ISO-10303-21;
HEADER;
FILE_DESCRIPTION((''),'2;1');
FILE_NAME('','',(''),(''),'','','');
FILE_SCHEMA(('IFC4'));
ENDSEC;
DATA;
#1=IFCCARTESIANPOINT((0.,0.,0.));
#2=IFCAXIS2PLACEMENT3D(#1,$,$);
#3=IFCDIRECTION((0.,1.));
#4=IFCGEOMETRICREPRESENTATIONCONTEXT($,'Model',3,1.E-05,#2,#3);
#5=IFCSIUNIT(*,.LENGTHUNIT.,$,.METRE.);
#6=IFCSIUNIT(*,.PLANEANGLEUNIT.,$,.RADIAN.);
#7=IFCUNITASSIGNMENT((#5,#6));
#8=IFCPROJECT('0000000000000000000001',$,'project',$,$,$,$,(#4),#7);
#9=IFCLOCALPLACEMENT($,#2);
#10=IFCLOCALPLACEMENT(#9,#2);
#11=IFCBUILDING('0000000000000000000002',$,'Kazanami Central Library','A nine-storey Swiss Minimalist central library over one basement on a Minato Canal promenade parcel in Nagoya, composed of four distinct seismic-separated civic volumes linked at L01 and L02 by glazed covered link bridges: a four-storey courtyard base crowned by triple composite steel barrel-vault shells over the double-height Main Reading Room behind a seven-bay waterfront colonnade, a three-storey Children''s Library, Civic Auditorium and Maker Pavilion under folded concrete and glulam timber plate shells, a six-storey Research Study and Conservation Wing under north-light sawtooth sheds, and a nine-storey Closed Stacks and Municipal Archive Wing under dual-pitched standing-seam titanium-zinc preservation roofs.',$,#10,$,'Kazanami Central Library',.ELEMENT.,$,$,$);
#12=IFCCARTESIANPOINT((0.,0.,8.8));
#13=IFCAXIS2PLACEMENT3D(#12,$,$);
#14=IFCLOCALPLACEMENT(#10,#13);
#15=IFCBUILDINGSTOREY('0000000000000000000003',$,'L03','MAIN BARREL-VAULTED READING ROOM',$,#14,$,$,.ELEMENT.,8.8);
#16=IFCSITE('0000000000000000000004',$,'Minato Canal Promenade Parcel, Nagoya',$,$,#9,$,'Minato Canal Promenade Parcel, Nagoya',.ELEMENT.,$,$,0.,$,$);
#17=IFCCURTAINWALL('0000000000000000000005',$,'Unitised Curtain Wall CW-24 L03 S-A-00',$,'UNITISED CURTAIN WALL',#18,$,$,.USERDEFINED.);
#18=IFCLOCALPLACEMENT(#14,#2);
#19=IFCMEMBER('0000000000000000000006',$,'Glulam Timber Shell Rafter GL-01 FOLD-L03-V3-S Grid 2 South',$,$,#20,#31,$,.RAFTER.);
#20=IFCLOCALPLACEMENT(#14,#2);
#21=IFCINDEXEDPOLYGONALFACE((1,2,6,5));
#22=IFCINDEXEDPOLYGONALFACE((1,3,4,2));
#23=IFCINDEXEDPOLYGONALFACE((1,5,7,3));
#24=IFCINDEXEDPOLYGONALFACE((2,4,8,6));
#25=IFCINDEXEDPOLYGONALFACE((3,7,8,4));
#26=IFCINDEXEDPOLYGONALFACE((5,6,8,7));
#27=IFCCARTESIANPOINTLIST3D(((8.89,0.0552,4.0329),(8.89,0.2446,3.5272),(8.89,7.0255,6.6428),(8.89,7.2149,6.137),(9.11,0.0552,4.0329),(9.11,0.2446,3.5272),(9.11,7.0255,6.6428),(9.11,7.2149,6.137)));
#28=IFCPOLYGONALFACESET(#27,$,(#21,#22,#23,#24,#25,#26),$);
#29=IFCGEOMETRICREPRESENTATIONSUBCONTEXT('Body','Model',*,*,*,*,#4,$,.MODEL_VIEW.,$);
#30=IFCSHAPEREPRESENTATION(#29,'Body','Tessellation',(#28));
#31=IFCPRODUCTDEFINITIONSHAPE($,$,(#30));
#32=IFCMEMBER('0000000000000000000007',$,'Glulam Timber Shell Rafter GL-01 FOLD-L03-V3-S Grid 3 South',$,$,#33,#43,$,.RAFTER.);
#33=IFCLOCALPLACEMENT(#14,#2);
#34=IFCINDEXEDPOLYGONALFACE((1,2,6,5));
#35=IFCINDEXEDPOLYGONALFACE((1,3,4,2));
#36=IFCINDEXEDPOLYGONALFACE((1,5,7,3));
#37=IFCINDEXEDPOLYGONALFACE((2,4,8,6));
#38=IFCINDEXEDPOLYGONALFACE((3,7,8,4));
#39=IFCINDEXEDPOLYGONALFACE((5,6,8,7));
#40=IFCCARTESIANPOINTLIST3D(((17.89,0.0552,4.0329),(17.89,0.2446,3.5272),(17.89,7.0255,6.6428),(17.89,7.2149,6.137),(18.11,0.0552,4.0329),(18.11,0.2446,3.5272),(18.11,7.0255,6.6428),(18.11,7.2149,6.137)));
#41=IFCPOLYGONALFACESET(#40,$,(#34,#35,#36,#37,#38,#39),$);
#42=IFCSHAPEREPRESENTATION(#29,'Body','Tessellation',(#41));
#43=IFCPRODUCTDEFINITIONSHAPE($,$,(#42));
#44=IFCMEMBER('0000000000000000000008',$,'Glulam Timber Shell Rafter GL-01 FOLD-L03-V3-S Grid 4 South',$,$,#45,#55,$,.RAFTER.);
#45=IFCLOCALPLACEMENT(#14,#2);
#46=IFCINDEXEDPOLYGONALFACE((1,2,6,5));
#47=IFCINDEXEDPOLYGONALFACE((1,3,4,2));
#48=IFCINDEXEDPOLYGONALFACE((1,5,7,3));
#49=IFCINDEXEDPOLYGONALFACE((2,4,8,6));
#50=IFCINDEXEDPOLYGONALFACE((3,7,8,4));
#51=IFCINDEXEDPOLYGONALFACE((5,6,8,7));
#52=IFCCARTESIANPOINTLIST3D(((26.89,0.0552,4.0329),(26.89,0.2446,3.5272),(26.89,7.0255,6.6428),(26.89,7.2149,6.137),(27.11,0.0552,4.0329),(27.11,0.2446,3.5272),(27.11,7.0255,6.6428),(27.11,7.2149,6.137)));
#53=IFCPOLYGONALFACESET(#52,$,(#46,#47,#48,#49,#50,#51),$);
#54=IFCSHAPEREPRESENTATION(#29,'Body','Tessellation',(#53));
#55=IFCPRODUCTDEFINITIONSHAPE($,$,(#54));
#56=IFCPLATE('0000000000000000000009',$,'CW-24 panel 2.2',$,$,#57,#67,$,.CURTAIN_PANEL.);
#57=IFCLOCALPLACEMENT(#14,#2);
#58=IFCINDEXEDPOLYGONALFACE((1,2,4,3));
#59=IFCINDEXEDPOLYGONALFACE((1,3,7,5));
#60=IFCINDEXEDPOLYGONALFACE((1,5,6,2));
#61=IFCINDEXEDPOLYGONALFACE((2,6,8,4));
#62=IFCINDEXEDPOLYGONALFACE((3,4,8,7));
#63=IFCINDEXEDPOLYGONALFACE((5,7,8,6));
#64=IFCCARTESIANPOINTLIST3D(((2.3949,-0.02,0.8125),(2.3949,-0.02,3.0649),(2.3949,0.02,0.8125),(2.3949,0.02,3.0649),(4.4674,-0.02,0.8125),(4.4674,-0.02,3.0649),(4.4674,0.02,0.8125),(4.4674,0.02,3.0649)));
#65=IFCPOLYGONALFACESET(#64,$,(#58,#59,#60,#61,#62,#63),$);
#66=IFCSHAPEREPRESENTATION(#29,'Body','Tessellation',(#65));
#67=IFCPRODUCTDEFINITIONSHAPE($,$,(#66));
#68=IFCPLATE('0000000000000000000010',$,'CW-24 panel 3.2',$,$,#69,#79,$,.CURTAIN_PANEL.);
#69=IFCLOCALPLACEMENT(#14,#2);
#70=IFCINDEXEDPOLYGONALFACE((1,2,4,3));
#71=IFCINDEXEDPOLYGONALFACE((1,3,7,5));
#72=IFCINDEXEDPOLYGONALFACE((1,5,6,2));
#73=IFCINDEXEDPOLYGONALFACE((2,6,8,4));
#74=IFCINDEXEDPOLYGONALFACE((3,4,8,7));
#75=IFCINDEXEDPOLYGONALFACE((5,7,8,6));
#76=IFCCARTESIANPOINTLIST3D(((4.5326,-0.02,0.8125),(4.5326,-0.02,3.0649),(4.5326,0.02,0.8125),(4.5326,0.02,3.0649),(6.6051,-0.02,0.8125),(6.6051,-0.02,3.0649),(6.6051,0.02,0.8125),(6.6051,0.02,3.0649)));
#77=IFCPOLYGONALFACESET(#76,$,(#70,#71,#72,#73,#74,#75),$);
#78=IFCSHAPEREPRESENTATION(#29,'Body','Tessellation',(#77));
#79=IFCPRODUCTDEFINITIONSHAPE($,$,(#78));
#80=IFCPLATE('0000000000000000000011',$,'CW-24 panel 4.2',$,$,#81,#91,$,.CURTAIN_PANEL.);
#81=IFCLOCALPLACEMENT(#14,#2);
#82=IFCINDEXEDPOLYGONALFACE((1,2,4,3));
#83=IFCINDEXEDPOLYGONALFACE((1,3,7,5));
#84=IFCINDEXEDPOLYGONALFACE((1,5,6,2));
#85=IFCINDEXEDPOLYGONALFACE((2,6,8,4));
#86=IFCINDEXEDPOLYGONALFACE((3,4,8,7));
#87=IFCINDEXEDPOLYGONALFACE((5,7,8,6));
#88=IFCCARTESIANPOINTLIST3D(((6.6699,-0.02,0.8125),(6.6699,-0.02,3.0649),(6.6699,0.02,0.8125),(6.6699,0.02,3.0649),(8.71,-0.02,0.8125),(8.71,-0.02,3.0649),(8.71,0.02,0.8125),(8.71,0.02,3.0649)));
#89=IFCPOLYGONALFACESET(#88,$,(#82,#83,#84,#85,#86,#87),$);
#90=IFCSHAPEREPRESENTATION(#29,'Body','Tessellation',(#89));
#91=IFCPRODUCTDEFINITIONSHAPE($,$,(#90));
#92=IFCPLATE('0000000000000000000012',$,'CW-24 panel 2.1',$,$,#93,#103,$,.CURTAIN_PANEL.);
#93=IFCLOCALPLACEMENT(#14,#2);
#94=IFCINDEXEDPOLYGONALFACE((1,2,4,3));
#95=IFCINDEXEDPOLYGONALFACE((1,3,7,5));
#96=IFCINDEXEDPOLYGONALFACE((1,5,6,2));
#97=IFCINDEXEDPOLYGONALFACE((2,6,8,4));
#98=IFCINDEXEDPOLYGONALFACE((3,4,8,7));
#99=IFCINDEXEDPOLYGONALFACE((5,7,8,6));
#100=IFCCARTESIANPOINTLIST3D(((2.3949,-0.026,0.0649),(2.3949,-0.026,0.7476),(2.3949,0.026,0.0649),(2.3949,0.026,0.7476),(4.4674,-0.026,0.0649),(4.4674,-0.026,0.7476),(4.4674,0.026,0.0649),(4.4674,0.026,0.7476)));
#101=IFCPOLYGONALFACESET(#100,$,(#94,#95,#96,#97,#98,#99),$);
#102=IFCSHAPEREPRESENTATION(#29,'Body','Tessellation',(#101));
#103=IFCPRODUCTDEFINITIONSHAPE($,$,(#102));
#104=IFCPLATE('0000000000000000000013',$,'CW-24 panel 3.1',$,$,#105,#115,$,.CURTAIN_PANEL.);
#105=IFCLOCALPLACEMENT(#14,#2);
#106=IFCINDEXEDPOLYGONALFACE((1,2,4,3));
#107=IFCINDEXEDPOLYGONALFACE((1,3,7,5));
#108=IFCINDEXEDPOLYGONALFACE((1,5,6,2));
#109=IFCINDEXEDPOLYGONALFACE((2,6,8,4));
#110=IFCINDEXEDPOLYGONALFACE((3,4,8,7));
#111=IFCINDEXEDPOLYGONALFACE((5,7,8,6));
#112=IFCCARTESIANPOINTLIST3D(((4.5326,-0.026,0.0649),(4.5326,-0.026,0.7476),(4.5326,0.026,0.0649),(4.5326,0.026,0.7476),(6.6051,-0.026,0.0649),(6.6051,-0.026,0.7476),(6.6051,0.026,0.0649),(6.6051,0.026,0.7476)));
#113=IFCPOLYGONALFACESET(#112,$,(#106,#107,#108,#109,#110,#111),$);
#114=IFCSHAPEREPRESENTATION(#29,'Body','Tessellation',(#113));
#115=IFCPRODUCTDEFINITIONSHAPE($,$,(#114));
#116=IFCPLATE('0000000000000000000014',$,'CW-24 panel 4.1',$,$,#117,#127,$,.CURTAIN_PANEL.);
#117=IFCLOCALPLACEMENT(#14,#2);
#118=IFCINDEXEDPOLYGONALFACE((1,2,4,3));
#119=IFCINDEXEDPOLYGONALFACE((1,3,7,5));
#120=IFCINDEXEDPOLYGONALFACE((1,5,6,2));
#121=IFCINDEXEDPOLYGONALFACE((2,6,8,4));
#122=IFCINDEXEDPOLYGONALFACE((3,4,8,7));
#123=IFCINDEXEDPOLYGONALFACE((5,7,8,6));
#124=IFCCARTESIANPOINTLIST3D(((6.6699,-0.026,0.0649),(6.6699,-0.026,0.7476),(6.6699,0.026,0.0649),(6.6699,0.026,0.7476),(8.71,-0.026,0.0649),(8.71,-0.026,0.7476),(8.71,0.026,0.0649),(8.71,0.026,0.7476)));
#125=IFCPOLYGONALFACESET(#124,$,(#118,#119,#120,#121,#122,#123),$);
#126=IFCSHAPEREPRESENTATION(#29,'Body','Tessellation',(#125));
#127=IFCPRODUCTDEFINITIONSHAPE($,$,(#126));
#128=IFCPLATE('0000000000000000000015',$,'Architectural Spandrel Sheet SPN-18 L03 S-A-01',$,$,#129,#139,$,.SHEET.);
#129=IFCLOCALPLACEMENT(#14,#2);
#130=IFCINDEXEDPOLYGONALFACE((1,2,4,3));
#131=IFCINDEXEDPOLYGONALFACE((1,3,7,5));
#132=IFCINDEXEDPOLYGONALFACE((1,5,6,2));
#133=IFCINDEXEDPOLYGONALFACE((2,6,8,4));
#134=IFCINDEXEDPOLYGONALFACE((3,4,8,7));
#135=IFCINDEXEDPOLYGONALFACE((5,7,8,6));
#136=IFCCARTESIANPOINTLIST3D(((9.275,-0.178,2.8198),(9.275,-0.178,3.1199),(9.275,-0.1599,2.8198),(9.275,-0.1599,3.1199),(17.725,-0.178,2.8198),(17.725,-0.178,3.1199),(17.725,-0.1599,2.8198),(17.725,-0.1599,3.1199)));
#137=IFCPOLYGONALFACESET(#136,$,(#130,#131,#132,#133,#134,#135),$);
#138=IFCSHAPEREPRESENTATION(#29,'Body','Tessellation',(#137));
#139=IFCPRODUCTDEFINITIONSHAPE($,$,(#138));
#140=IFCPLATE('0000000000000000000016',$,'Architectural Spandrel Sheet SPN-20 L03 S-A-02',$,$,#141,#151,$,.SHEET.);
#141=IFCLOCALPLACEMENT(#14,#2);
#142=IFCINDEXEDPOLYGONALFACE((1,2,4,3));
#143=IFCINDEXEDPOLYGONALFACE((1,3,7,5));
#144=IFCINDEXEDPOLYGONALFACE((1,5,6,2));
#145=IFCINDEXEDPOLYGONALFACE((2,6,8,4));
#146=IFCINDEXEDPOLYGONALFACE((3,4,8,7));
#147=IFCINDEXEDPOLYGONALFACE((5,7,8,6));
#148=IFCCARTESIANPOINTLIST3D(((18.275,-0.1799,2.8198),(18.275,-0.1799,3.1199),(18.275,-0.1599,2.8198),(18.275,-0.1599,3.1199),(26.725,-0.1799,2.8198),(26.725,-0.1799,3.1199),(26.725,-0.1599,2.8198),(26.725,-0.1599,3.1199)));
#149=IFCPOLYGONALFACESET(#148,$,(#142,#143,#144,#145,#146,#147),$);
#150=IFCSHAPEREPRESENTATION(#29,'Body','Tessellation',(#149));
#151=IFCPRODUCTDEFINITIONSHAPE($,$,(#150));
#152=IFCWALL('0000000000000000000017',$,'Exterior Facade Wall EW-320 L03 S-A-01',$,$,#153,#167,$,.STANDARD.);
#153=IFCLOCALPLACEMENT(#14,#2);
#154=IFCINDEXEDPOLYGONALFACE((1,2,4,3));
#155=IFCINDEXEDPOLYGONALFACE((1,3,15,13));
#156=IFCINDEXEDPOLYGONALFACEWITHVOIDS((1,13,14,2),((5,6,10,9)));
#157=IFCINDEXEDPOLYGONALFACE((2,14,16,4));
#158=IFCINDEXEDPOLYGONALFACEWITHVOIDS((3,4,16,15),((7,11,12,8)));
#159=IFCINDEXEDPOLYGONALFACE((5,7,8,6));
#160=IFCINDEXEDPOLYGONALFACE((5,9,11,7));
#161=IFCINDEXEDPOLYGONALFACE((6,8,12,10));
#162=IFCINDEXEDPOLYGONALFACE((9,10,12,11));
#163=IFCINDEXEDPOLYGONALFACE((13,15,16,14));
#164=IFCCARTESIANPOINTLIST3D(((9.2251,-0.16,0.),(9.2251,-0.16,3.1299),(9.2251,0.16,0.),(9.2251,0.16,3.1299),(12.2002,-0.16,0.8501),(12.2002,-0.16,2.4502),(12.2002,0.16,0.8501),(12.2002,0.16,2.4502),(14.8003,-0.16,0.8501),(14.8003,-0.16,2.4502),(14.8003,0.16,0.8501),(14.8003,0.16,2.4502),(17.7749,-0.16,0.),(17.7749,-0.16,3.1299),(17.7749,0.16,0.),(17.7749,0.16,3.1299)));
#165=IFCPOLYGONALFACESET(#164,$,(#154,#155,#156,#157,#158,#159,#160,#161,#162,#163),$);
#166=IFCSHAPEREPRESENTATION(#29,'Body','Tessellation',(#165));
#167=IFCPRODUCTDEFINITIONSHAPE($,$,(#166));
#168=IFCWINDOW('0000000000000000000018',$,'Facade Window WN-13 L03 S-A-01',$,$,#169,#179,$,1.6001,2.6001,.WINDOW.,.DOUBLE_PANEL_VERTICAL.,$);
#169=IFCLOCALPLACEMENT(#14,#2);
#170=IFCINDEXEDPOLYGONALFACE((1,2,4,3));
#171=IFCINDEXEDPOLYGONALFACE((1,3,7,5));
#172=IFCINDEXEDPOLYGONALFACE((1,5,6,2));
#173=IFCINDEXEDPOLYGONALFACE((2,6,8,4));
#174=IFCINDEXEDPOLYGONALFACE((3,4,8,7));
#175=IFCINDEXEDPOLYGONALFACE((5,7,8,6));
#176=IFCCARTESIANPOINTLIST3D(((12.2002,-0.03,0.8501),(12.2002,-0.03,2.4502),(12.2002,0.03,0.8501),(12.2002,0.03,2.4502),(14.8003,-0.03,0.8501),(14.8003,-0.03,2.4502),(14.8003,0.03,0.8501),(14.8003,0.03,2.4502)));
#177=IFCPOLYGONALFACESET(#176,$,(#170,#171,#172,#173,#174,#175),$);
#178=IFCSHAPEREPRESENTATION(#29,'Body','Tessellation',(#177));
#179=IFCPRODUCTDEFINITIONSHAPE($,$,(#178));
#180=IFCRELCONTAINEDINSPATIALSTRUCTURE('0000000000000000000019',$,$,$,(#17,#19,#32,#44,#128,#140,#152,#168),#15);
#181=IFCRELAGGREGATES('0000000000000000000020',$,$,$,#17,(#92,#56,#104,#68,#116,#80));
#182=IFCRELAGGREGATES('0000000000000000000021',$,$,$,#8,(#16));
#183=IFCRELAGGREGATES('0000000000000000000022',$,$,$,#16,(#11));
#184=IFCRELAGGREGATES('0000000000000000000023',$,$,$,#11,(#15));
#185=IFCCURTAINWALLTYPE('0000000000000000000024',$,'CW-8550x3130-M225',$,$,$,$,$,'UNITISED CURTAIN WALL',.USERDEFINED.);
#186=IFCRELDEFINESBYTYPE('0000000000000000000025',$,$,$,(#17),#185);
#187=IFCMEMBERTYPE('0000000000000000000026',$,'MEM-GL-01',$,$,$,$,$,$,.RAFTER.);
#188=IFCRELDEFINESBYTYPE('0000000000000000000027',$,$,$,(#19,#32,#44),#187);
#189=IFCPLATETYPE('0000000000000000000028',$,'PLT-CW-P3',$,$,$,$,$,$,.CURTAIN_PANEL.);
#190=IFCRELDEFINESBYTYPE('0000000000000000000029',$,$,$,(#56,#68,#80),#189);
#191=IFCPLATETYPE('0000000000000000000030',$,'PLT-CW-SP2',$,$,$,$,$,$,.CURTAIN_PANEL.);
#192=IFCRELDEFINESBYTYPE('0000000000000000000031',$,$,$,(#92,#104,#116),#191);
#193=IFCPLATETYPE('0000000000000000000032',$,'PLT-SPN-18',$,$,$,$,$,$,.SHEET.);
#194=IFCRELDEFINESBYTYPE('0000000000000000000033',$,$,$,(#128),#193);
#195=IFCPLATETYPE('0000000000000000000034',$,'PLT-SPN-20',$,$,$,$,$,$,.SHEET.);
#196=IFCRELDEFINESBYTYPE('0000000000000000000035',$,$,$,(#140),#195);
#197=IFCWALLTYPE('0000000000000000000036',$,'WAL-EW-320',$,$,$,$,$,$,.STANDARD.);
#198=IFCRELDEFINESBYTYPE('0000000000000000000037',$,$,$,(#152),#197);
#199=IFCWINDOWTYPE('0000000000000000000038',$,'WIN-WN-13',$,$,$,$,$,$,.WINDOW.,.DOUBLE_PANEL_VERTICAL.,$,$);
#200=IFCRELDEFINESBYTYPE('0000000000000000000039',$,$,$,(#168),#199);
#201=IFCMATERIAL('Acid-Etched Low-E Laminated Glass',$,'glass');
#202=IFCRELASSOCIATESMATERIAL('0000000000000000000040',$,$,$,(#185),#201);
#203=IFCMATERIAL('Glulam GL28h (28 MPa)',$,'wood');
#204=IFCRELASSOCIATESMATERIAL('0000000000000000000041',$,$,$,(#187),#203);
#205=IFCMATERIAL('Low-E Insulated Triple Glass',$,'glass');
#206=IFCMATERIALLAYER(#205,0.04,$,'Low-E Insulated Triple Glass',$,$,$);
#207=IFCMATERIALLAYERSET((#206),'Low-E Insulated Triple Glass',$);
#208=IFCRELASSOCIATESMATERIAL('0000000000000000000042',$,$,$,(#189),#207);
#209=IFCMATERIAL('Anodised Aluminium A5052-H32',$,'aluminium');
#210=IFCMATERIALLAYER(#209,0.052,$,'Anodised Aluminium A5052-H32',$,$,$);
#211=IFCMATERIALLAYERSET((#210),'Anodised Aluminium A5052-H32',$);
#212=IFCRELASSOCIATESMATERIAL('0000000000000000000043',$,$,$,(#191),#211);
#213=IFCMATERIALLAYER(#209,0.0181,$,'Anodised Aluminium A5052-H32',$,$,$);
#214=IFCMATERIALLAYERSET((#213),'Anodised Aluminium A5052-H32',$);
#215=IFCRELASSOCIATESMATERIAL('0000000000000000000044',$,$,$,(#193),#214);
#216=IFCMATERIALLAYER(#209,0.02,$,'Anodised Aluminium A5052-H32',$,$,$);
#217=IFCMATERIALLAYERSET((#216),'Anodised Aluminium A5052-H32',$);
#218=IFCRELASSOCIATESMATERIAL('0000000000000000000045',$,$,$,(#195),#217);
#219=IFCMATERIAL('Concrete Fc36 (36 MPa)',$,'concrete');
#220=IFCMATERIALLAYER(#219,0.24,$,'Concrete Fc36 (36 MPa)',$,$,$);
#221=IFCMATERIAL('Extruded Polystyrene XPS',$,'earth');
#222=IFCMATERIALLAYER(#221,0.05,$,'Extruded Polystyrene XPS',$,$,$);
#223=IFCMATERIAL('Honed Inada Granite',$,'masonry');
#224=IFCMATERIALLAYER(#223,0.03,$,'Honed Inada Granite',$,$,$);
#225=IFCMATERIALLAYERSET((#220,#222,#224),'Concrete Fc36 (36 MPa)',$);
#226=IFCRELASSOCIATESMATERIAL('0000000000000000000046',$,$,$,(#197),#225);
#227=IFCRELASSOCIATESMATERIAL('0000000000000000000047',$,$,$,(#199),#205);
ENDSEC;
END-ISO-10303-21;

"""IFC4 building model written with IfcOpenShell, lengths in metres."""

from ifc_helpers import new_model, si_unit, direction, frame, frame_2d, origin, origin_2d, place, context, subcontext, project, spatial, rectangle, extrude, material, layer, layer_set, material_profile, profile_set, type_object, element, fill, aggregate, save


model = new_model("IFC4")

# Units and contexts
model_context = context("Model", 3, precision=1e-05, world=origin(), true_north=direction((0.0, 1.0)))
body_context = subcontext(model_context, "Body", "Model", "MODEL_VIEW")
ifc_project = project(units=[si_unit("LENGTHUNIT", "METRE"), si_unit("PLANEANGLEUNIT", "RADIAN")], contexts=[model_context])

# Site, building, storey
site_placement = place(None, origin())
site = spatial("IfcSite", under=ifc_project, at=site_placement, Name="Minato Canal Promenade Parcel, Nagoya", LongName="Minato Canal Promenade Parcel, Nagoya", CompositionType="ELEMENT", RefElevation=0.0)
building_placement = place(site_placement, origin())
building = spatial("IfcBuilding", under=site, at=building_placement, Name="Kazanami Central Library", Description="A nine-storey Swiss Minimalist central library over one basement on a Minato Canal promenade parcel in Nagoya, composed of four distinct seismic-separated civic volumes linked at L01 and L02 by glazed covered link bridges: a four-storey courtyard base crowned by triple composite steel barrel-vault shells over the double-height Main Reading Room behind a seven-bay waterfront colonnade, a three-storey Children's Library, Civic Auditorium and Maker Pavilion under folded concrete and glulam timber plate shells, a six-storey Research Study and Conservation Wing under north-light sawtooth sheds, and a nine-storey Closed Stacks and Municipal Archive Wing under dual-pitched standing-seam titanium-zinc preservation roofs.", LongName="Kazanami Central Library", CompositionType="ELEMENT")
storey_placement = place(building_placement, frame((0.0, 0.0, 8.8)))
storey = spatial("IfcBuildingStorey", under=building, at=storey_placement, Name="L03", Description="MAIN BARREL-VAULTED READING ROOM", CompositionType="ELEMENT", Elevation=8.8)

# Curtain wall
ifc_material_1 = material(Name="Acid-Etched Low-E Laminated Glass", Category="glass")
curtain_wall_type = type_object("IfcCurtainWallType", Name="CW-8550x3130-M225", ElementType="UNITISED CURTAIN WALL", PredefinedType="USERDEFINED", material=ifc_material_1)
curtain_wall_placement = place(storey_placement, origin())
curtain_wall = element("IfcCurtainWall", 1, at=curtain_wall_placement, inside=storey, type_object=curtain_wall_type, Name="Unitised Curtain Wall CW-24 L03 S-A-00", ObjectType="UNITISED CURTAIN WALL", PredefinedType="USERDEFINED")

# Members
ifc_material_2 = material(Name="Glulam GL28h (28 MPa)", Category="wood")
ifc_material_profile_1 = material_profile(ifc_material_2, rectangle(XDim=0.22, YDim=0.54, at=origin_2d()), Name="GL28h-220x540")
ifc_profile_set_1 = profile_set([ifc_material_profile_1], Name="Glulam GL28h (28 MPa)")
member_type_1 = type_object("IfcMemberType", Name="MEM-GL-01", PredefinedType="RAFTER", material=ifc_profile_set_1)
for number, where, z_axis, x_axis, name in (
    (2, (9.0, 0.1499, 3.78), (0.0, 0.936504, 0.350656), (-1.0, 0.0, 0.0), "Glulam Timber Shell Rafter GL-01 FOLD-L03-V3-S Grid 2 South"),
    (3, (18.0, 0.1499, 3.78), (0.0, 0.936504, 0.350656), (-1.0, 0.0, 0.0), "Glulam Timber Shell Rafter GL-01 FOLD-L03-V3-S Grid 3 South"),
    (4, (27.0, 0.1499, 3.78), (0.0, 0.936504, 0.350656), (-1.0, 0.0, 0.0), "Glulam Timber Shell Rafter GL-01 FOLD-L03-V3-S Grid 4 South"),
):
    element("IfcMember", number, at=place(storey_placement, frame(where, z_axis=z_axis, x_axis=x_axis)), inside=storey, type_object=member_type_1, Name=name, PredefinedType="RAFTER", context=body_context, shape_type="SweptSolid", body=[
        extrude(rectangle(XDim=0.22, YDim=0.54, at=origin_2d()), origin(), (0.0, 0.0, 1.0), 7.4429),
    ])

# Plates
ifc_material_3 = material(Name="Low-E Insulated Triple Glass", Category="glass")
ifc_layer_1 = layer(ifc_material_3, 0.04, Name="Low-E Insulated Triple Glass")
ifc_layer_set_1 = layer_set([ifc_layer_1], Name="Low-E Insulated Triple Glass")
plate_type_1 = type_object("IfcPlateType", Name="PLT-CW-P3", PredefinedType="CURTAIN_PANEL", material=ifc_layer_set_1)
plate_1_placement = place(storey_placement, frame((3.4312, 0.0, 0.8125), z_axis=(0.0, 0.0, 1.0), x_axis=(1.0, 0.0, 0.0)))
plate_1 = element("IfcPlate", 5, at=plate_1_placement, type_object=plate_type_1, Name="CW-24 panel 2.2", PredefinedType="CURTAIN_PANEL", context=body_context, shape_type="SweptSolid", body=[
    extrude(rectangle(XDim=2.0725, YDim=0.04, at=origin_2d()), origin(), (0.0, 0.0, 1.0), 2.2524),
])
plate_2_placement = place(storey_placement, frame((5.5688, 0.0, 0.8125), z_axis=(0.0, 0.0, 1.0), x_axis=(1.0, 0.0, 0.0)))
plate_2 = element("IfcPlate", 6, at=plate_2_placement, type_object=plate_type_1, Name="CW-24 panel 3.2", PredefinedType="CURTAIN_PANEL", context=body_context, shape_type="SweptSolid", body=[
    extrude(rectangle(XDim=2.0725, YDim=0.04, at=origin_2d()), origin(), (0.0, 0.0, 1.0), 2.2524),
])
plate_3_placement = place(storey_placement, frame((7.6899, 0.0, 0.8125), z_axis=(0.0, 0.0, 1.0), x_axis=(1.0, 0.0, 0.0)))
plate_3 = element("IfcPlate", 7, at=plate_3_placement, type_object=plate_type_1, Name="CW-24 panel 4.2", PredefinedType="CURTAIN_PANEL", context=body_context, shape_type="SweptSolid", body=[
    extrude(rectangle(XDim=2.04, YDim=0.04, at=origin_2d()), origin(), (0.0, 0.0, 1.0), 2.2524),
])
ifc_material_4 = material(Name="Anodised Aluminium A5052-H32", Category="aluminium")
ifc_layer_2 = layer(ifc_material_4, 0.052, Name="Anodised Aluminium A5052-H32")
ifc_layer_set_2 = layer_set([ifc_layer_2], Name="Anodised Aluminium A5052-H32")
plate_type_2 = type_object("IfcPlateType", Name="PLT-CW-SP2", PredefinedType="CURTAIN_PANEL", material=ifc_layer_set_2)
plate_4_placement = place(storey_placement, frame((3.4312, 0.0, 0.0649), z_axis=(0.0, 0.0, 1.0), x_axis=(1.0, 0.0, 0.0)))
plate_4 = element("IfcPlate", 8, at=plate_4_placement, type_object=plate_type_2, Name="CW-24 panel 2.1", PredefinedType="CURTAIN_PANEL", context=body_context, shape_type="SweptSolid", body=[
    extrude(rectangle(XDim=2.0725, YDim=0.052, at=origin_2d()), origin(), (0.0, 0.0, 1.0), 0.6826),
])
plate_5_placement = place(storey_placement, frame((5.5688, 0.0, 0.0649), z_axis=(0.0, 0.0, 1.0), x_axis=(1.0, 0.0, 0.0)))
plate_5 = element("IfcPlate", 9, at=plate_5_placement, type_object=plate_type_2, Name="CW-24 panel 3.1", PredefinedType="CURTAIN_PANEL", context=body_context, shape_type="SweptSolid", body=[
    extrude(rectangle(XDim=2.0725, YDim=0.052, at=origin_2d()), origin(), (0.0, 0.0, 1.0), 0.6826),
])
plate_6_placement = place(storey_placement, frame((7.6899, 0.0, 0.0649), z_axis=(0.0, 0.0, 1.0), x_axis=(1.0, 0.0, 0.0)))
plate_6 = element("IfcPlate", 10, at=plate_6_placement, type_object=plate_type_2, Name="CW-24 panel 4.1", PredefinedType="CURTAIN_PANEL", context=body_context, shape_type="SweptSolid", body=[
    extrude(rectangle(XDim=2.04, YDim=0.052, at=origin_2d()), origin(), (0.0, 0.0, 1.0), 0.6826),
])
aggregate(curtain_wall, [plate_4, plate_1, plate_5, plate_2, plate_6, plate_3])

# Plates
ifc_layer_3 = layer(ifc_material_4, 0.0181, Name="Anodised Aluminium A5052-H32")
ifc_layer_set_3 = layer_set([ifc_layer_3], Name="Anodised Aluminium A5052-H32")
plate_type_3 = type_object("IfcPlateType", Name="PLT-SPN-18", PredefinedType="SHEET", material=ifc_layer_set_3)
plate_7_placement = place(storey_placement, frame((13.5, -0.1689, 2.8198), z_axis=(0.0, 0.0, 1.0), x_axis=(1.0, 0.0, 0.0)))
element("IfcPlate", 11, at=plate_7_placement, inside=storey, type_object=plate_type_3, Name="Architectural Spandrel Sheet SPN-18 L03 S-A-01", PredefinedType="SHEET", context=body_context, shape_type="SweptSolid", body=[
    extrude(rectangle(XDim=8.45, YDim=0.0181, at=origin_2d()), origin(), (0.0, 0.0, 1.0), 0.3),
])
ifc_layer_4 = layer(ifc_material_4, 0.02, Name="Anodised Aluminium A5052-H32")
ifc_layer_set_4 = layer_set([ifc_layer_4], Name="Anodised Aluminium A5052-H32")
plate_type_4 = type_object("IfcPlateType", Name="PLT-SPN-20", PredefinedType="SHEET", material=ifc_layer_set_4)
plate_8_placement = place(storey_placement, frame((22.5, -0.1699, 2.8198), z_axis=(0.0, 0.0, 1.0), x_axis=(1.0, 0.0, 0.0)))
element("IfcPlate", 12, at=plate_8_placement, inside=storey, type_object=plate_type_4, Name="Architectural Spandrel Sheet SPN-20 L03 S-A-02", PredefinedType="SHEET", context=body_context, shape_type="SweptSolid", body=[
    extrude(rectangle(XDim=8.45, YDim=0.02, at=origin_2d()), origin(), (0.0, 0.0, 1.0), 0.3),
])

# Wall, opening, window
ifc_material_5 = material(Name="Concrete Fc36 (36 MPa)", Category="concrete")
ifc_layer_5 = layer(ifc_material_5, 0.24, Name="Concrete Fc36 (36 MPa)")
ifc_material_6 = material(Name="Extruded Polystyrene XPS", Category="earth")
ifc_layer_6 = layer(ifc_material_6, 0.05, Name="Extruded Polystyrene XPS")
ifc_material_7 = material(Name="Honed Inada Granite", Category="masonry")
ifc_layer_7 = layer(ifc_material_7, 0.03, Name="Honed Inada Granite")
ifc_layer_set_5 = layer_set([ifc_layer_5, ifc_layer_6, ifc_layer_7], Name="Concrete Fc36 (36 MPa)")
wall_type_1 = type_object("IfcWallType", Name="WAL-EW-320", PredefinedType="STANDARD", material=ifc_layer_set_5)
wall_1_placement = place(storey_placement, frame((9.2251, 0.0, 0.0), z_axis=(0.0, 0.0, 1.0), x_axis=(1.0, 0.0, 0.0)))
wall_1 = element("IfcWall", 13, at=wall_1_placement, inside=storey, type_object=wall_type_1, Name="Exterior Facade Wall EW-320 L03 S-A-01", PredefinedType="STANDARD", context=body_context, shape_type="SweptSolid", body=[
    extrude(rectangle(XDim=8.5498, YDim=0.3201, at=frame_2d((4.2749, 0.0))), origin(), (0.0, 0.0, 1.0), 3.1299),
])
opening_1_placement = place(wall_1_placement, frame((2.9751, 0.0, 0.8501)))
opening_1 = element("IfcOpeningElement", 14, at=opening_1_placement, cuts=wall_1, PredefinedType="OPENING", context=body_context, shape_type="SweptSolid", body=[
    extrude(rectangle(XDim=2.6001, YDim=1.6001, at=frame_2d((1.3, 0.8))), frame((0.0, 0.1719, 0.0), z_axis=(0.0, -1.0, 0.0), x_axis=(1.0, 0.0, 0.0)), (0.0, 0.0, 1.0), 0.344),
])
window_type = type_object("IfcWindowType", Name="WIN-WN-13", PartitioningType="DOUBLE_PANEL_VERTICAL", PredefinedType="WINDOW", material=ifc_material_3)
window_1_placement = place(opening_1_placement, origin())
window_1 = element("IfcWindow", 15, at=window_1_placement, inside=storey, type_object=window_type, Name="Facade Window WN-13 L03 S-A-01", OverallHeight=1.6001, OverallWidth=2.6001, PartitioningType="DOUBLE_PANEL_VERTICAL", PredefinedType="WINDOW", context=body_context, shape_type="SweptSolid", body=[
    extrude(rectangle(XDim=2.6001, YDim=1.6001, at=frame_2d((1.3, 0.8))), frame((0.0, 0.03, 0.0), z_axis=(0.0, -1.0, 0.0), x_axis=(1.0, 0.0, 0.0)), (0.0, 0.0, 1.0), 0.0601),
])
fill(opening_1, window_1)

save(model, "model.ifc")
